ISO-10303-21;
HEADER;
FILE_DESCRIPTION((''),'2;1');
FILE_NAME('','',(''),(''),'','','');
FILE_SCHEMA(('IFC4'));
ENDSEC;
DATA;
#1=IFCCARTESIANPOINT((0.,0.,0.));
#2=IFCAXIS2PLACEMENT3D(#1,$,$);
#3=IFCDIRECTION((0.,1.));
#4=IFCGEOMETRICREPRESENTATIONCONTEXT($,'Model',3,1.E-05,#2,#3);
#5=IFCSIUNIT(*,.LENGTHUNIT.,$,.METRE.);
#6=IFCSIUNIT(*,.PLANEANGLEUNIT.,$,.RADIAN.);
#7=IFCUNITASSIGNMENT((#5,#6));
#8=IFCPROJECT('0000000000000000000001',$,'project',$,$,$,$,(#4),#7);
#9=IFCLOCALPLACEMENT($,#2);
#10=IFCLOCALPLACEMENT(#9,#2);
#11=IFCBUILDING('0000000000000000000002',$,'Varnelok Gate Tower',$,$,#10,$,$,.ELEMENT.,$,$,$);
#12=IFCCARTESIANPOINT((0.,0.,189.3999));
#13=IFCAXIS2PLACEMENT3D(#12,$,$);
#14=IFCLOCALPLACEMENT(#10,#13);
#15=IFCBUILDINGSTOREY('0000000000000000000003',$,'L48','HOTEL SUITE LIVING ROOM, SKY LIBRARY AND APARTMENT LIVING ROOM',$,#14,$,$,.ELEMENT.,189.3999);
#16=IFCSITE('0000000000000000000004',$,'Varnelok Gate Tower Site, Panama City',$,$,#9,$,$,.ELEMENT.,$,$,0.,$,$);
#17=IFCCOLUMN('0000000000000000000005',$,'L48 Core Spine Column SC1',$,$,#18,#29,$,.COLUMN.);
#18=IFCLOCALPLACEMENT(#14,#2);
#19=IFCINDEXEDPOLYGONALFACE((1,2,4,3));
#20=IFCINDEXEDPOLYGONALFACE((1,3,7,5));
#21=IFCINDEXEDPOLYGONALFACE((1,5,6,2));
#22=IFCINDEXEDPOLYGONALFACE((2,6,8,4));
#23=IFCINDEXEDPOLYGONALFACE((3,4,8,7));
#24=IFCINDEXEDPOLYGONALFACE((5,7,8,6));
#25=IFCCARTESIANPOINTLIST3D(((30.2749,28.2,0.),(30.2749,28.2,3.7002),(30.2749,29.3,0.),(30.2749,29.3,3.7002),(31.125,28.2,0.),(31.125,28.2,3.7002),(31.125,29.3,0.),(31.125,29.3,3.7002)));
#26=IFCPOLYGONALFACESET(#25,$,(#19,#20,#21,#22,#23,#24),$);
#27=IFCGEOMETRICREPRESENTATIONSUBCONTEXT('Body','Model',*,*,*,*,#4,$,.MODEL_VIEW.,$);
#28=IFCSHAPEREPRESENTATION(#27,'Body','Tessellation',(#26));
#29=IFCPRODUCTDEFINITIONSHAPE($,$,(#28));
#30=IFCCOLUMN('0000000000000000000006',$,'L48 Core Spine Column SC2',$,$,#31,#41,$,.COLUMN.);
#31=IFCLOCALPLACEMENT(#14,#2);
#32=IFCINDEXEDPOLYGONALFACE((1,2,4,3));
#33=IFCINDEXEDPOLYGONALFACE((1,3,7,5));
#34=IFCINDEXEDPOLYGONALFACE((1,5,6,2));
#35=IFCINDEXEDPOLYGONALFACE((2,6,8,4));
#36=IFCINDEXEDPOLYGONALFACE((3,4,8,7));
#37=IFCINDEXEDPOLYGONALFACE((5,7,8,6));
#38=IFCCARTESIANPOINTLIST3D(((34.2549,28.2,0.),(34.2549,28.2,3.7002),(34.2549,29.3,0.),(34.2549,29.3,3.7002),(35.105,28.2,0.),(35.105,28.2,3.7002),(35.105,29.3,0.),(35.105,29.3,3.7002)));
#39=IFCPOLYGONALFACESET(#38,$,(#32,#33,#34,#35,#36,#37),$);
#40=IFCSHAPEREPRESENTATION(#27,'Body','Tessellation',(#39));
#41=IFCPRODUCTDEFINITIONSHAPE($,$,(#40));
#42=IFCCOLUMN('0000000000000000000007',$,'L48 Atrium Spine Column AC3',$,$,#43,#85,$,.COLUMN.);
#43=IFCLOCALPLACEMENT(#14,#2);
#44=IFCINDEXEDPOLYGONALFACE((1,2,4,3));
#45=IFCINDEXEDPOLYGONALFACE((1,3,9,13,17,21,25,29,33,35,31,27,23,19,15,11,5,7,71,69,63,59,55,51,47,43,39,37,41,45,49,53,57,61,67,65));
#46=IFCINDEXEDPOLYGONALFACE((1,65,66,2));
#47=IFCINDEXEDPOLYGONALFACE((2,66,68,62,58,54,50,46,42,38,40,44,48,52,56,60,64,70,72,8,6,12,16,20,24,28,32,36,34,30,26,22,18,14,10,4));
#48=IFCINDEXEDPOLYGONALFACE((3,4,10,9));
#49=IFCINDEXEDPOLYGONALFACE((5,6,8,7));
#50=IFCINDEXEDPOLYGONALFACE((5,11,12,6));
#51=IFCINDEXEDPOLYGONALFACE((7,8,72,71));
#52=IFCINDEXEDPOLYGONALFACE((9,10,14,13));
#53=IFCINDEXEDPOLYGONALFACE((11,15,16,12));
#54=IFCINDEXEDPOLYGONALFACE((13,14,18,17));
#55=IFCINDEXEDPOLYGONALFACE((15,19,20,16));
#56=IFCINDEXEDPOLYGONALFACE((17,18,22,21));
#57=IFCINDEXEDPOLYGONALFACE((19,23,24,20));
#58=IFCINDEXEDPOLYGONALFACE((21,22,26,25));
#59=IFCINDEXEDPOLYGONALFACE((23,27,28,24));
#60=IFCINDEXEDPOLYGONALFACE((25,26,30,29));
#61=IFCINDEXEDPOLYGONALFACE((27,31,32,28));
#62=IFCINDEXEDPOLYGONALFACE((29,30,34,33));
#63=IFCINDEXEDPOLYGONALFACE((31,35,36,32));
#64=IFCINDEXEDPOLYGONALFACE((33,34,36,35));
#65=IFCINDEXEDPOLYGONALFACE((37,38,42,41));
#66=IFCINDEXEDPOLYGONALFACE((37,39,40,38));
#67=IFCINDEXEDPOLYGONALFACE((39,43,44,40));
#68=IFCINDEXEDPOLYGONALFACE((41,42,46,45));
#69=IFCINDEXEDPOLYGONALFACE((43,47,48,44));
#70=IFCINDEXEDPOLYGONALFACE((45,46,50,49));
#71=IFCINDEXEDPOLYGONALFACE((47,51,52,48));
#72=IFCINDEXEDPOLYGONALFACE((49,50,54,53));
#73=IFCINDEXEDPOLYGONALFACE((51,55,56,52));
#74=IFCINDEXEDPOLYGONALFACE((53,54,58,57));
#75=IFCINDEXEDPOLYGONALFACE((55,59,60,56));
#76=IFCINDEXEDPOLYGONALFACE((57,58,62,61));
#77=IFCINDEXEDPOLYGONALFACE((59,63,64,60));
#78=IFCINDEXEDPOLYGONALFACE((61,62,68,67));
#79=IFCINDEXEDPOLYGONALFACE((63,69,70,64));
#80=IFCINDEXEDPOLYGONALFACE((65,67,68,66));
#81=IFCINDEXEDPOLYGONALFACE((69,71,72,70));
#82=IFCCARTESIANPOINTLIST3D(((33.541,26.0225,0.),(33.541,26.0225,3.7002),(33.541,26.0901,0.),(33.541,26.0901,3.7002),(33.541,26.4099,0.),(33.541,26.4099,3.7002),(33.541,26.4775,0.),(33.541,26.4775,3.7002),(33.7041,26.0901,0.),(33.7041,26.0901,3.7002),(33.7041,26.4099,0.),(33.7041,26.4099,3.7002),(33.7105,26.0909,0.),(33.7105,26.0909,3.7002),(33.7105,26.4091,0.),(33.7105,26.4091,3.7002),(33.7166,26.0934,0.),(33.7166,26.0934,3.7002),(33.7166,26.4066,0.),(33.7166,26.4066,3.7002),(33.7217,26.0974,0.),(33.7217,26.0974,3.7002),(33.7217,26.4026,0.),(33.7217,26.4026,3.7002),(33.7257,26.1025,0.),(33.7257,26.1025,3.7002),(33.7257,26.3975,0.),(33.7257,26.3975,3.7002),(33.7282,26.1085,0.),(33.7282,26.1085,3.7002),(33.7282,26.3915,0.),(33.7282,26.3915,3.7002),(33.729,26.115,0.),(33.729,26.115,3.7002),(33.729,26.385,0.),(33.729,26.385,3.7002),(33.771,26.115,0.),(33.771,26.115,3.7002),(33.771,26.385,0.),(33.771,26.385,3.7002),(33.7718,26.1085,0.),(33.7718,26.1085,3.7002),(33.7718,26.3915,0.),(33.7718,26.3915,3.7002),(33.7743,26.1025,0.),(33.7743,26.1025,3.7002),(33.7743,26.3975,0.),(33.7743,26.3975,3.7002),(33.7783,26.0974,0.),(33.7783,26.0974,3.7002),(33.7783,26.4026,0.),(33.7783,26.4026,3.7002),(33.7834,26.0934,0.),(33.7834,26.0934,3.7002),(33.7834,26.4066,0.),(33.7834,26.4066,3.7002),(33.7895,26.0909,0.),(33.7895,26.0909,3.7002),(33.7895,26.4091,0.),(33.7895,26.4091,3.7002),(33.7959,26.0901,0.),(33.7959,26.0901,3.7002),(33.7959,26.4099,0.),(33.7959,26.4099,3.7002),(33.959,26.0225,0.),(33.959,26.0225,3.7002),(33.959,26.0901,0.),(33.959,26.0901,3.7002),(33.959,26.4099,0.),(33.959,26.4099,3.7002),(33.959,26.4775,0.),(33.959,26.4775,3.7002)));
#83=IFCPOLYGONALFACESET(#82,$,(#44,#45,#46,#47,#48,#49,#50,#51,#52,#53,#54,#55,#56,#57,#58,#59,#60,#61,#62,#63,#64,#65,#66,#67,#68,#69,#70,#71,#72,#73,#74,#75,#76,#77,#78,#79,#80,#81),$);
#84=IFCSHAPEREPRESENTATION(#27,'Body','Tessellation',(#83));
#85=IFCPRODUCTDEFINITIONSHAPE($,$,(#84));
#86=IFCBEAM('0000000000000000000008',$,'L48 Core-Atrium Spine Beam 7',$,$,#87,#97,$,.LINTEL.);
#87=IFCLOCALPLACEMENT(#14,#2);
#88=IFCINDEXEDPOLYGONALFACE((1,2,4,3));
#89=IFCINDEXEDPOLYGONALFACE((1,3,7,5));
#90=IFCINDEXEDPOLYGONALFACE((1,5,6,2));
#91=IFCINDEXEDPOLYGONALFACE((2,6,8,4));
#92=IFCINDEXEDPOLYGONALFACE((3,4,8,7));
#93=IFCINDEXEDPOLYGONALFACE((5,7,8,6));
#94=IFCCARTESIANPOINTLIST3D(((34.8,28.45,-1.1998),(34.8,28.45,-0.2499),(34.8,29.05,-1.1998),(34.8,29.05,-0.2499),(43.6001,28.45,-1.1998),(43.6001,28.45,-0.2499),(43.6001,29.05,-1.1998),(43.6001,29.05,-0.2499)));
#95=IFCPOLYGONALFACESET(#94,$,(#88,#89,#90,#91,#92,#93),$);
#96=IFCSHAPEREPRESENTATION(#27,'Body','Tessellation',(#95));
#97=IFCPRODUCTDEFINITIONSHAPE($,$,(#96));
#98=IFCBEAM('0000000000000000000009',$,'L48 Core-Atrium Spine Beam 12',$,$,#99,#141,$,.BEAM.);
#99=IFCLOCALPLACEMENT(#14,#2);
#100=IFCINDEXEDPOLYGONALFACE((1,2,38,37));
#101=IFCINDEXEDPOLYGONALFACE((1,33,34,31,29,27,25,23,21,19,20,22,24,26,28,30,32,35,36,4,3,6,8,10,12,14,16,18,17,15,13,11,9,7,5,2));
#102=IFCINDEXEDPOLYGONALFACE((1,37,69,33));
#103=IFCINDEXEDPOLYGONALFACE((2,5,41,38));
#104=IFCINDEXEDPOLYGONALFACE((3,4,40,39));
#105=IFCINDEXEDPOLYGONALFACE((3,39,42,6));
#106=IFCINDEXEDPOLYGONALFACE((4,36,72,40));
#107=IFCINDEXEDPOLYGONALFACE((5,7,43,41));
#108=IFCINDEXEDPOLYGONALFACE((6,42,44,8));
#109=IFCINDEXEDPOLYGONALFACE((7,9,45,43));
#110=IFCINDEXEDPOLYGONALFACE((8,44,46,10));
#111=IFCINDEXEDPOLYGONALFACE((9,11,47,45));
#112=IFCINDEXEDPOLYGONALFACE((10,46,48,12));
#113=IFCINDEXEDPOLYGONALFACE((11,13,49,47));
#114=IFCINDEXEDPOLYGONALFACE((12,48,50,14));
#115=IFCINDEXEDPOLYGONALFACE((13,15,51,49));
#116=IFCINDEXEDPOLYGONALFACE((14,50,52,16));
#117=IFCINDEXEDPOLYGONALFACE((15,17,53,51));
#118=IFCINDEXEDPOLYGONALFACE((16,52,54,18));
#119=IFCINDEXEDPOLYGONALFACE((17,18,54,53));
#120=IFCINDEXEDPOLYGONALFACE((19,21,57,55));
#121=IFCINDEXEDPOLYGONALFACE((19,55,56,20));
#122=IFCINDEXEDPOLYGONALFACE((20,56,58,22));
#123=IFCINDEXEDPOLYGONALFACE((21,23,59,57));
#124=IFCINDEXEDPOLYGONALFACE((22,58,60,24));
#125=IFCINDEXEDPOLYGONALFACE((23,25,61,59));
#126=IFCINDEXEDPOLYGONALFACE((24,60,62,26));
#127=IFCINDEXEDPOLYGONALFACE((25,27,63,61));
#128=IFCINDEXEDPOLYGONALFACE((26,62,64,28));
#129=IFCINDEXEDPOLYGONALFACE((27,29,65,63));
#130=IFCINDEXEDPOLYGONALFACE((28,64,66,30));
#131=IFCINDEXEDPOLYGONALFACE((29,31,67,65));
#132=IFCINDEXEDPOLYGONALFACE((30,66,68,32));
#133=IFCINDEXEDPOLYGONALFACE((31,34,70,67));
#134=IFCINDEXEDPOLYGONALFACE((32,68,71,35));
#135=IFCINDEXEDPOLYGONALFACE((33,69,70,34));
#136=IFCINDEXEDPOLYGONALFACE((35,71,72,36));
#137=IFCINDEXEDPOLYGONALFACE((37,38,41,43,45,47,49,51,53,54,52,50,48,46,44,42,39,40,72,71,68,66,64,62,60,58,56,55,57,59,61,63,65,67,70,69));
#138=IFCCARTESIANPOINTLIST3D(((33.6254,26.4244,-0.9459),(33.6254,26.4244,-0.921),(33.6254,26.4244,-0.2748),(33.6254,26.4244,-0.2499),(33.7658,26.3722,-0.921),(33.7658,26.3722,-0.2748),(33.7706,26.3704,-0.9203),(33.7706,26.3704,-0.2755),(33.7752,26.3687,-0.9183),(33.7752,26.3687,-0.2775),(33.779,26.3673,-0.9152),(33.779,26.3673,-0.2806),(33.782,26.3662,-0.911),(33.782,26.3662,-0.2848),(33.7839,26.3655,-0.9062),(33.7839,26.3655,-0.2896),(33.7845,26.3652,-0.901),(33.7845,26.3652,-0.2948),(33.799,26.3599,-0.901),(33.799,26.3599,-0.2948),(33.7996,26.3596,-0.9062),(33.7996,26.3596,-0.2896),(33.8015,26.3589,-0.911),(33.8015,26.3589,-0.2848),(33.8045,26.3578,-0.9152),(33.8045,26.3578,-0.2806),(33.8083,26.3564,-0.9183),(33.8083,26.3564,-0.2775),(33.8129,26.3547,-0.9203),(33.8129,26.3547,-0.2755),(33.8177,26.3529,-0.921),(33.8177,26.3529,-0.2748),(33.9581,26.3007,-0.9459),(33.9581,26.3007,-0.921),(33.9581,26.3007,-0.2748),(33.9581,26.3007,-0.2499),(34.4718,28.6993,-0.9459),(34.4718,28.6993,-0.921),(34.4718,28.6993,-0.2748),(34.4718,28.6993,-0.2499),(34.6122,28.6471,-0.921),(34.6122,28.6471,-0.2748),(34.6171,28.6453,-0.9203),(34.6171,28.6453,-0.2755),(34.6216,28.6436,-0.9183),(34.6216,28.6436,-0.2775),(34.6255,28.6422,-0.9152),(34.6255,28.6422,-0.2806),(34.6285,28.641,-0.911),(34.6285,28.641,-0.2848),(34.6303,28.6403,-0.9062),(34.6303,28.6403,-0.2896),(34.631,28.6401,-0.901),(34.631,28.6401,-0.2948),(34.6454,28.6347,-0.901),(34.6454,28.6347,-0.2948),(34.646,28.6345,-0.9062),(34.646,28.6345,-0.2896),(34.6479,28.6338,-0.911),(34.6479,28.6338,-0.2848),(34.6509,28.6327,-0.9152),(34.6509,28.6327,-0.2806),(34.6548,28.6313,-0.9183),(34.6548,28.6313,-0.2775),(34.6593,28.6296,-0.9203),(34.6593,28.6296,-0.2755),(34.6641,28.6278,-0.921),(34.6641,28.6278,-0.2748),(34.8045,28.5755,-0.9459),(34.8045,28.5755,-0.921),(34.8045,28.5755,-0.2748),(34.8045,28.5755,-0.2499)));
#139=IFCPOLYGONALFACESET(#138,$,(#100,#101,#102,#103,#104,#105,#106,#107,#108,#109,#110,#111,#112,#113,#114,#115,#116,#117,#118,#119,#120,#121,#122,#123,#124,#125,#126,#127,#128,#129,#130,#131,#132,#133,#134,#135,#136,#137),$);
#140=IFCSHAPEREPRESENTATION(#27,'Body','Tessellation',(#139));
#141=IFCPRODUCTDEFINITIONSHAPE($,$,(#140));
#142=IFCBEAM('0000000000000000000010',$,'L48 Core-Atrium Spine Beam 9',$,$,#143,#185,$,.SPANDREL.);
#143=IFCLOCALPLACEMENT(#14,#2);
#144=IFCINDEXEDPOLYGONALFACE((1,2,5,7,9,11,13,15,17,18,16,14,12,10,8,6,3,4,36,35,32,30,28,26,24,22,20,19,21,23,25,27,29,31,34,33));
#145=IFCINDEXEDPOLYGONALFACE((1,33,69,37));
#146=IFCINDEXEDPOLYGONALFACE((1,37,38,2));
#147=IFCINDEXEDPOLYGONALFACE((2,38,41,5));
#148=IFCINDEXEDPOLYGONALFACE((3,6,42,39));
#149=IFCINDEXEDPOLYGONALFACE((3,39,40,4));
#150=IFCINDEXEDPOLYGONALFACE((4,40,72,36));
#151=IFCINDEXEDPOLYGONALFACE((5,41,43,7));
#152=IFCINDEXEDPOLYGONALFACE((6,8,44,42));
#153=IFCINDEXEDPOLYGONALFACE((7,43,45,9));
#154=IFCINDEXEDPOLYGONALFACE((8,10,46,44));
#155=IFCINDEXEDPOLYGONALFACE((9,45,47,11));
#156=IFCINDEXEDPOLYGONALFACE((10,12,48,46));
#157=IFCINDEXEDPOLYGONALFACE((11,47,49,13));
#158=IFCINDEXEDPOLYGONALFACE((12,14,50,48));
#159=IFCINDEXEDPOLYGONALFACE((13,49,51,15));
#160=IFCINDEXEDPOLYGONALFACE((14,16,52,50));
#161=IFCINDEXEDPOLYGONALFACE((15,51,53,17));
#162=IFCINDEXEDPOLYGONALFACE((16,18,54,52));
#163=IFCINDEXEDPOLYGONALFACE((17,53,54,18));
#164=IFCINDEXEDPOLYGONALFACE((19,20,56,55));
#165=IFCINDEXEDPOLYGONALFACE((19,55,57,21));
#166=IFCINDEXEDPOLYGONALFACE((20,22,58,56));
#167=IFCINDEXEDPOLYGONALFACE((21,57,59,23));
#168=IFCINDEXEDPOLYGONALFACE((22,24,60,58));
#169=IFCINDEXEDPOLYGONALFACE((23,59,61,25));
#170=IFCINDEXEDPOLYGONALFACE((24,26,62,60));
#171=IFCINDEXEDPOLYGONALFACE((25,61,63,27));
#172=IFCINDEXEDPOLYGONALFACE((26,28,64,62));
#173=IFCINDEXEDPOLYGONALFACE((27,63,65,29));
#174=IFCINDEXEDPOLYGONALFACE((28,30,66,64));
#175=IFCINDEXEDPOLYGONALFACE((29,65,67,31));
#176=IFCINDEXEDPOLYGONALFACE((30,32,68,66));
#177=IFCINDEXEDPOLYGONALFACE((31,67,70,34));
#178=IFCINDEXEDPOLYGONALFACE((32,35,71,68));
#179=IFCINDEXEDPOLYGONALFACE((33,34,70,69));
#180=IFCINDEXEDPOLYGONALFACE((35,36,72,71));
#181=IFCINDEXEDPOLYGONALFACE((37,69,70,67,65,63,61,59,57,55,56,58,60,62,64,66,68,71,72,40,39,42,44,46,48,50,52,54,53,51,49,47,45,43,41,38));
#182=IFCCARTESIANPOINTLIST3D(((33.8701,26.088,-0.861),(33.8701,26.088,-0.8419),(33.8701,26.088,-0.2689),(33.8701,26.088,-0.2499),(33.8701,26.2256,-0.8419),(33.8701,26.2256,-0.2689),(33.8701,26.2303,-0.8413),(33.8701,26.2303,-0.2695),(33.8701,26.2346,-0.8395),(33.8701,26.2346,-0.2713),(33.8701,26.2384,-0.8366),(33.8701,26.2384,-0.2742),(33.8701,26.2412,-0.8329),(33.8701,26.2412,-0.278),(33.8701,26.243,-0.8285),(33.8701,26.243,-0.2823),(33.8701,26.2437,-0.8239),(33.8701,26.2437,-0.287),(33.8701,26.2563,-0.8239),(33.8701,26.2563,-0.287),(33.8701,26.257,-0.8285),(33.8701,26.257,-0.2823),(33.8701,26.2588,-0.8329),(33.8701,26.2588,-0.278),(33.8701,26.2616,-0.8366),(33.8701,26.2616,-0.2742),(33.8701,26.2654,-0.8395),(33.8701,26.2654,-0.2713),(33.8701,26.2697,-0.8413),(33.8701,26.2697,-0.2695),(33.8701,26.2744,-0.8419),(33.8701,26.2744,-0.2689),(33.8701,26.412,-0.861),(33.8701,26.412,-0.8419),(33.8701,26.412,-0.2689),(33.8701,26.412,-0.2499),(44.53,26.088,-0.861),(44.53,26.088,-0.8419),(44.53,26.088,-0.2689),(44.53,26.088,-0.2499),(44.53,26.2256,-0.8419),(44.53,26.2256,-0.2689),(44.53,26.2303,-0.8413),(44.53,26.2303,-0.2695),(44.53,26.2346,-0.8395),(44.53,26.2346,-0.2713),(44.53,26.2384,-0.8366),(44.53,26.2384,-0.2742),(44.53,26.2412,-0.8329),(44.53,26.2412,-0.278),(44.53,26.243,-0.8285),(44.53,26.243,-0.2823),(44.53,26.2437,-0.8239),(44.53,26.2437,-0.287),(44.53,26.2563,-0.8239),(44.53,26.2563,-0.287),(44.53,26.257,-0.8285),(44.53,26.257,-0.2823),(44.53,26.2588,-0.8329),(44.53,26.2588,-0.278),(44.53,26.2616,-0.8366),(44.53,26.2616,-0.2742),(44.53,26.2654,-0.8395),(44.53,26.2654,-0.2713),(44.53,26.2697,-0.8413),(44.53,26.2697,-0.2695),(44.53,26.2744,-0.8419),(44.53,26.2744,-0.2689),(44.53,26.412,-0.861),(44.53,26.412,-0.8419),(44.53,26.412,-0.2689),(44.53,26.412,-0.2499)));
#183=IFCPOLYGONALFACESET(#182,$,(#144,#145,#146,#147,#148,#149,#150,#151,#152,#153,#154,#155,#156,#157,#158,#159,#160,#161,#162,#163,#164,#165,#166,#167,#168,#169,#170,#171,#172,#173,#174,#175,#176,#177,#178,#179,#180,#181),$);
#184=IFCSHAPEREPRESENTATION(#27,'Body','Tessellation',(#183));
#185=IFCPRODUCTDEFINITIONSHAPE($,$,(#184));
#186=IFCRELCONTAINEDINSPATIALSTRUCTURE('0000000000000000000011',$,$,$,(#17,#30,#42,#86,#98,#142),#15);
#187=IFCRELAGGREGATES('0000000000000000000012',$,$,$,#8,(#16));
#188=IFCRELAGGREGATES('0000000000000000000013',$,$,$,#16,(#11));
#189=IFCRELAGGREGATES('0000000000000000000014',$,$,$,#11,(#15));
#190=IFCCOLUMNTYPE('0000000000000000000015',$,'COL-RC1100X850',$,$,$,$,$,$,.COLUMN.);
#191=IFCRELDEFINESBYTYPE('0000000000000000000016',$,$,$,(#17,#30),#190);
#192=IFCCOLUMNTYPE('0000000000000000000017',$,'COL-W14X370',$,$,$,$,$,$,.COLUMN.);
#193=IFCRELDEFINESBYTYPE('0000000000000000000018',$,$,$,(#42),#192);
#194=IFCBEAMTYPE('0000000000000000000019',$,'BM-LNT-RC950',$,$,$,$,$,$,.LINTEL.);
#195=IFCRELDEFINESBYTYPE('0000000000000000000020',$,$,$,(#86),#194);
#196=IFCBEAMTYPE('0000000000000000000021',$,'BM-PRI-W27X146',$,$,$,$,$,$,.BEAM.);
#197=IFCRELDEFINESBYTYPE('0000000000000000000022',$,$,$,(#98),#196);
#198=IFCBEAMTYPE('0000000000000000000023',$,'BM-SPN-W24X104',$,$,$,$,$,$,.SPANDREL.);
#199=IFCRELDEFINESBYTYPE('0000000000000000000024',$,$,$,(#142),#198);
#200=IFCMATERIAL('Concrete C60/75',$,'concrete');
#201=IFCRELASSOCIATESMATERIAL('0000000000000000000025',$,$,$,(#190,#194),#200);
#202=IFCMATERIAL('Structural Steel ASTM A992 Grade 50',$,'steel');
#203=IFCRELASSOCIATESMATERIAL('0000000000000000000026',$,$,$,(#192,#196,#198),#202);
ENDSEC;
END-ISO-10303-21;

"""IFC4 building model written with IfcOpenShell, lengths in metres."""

from ifc_helpers import new_model, si_unit, direction, frame, origin, origin_2d, place, context, subcontext, project, spatial, rectangle, i_section, extrude, material, material_profile, profile_set, type_object, element, save


model = new_model("IFC4")

# Units and contexts
model_context = context("Model", 3, precision=1e-05, world=origin(), true_north=direction((0.0, 1.0)))
body_context = subcontext(model_context, "Body", "Model", "MODEL_VIEW")
ifc_project = project(units=[si_unit("LENGTHUNIT", "METRE"), si_unit("PLANEANGLEUNIT", "RADIAN")], contexts=[model_context])

# Site, building, storey
site_placement = place(None, origin())
site = spatial("IfcSite", under=ifc_project, at=site_placement, Name="Varnelok Gate Tower Site, Panama City", CompositionType="ELEMENT", RefElevation=0.0)
building_placement = place(site_placement, origin())
building = spatial("IfcBuilding", under=site, at=building_placement, Name="Varnelok Gate Tower", CompositionType="ELEMENT")
storey_placement = place(building_placement, frame((0.0, 0.0, 189.3999)))
storey = spatial("IfcBuildingStorey", under=building, at=storey_placement, Name="L48", Description="HOTEL SUITE LIVING ROOM, SKY LIBRARY AND APARTMENT LIVING ROOM", CompositionType="ELEMENT", Elevation=189.3999)

# Columns
ifc_material_1 = material(Name="Concrete C60/75", Category="concrete")
ifc_material_profile_1 = material_profile(ifc_material_1, rectangle(XDim=0.8501, YDim=1.1001, at=origin_2d()), Name="RC1100X850")
ifc_profile_set_1 = profile_set([ifc_material_profile_1], Name="Concrete C60/75")
column_type_1 = type_object("IfcColumnType", Name="COL-RC1100X850", PredefinedType="COLUMN", material=ifc_profile_set_1)
for number, where, z_axis, x_axis, name in (
    (1, (30.7, 28.75, 0.0), (0.0, 0.0, 1.0), (1.0, 0.0, 0.0), "L48 Core Spine Column SC1"),
    (2, (34.6799, 28.75, 0.0), (0.0, 0.0, 1.0), (1.0, 0.0, 0.0), "L48 Core Spine Column SC2"),
):
    element("IfcColumn", number, at=place(storey_placement, frame(where, z_axis=z_axis, x_axis=x_axis)), inside=storey, type_object=column_type_1, Name=name, PredefinedType="COLUMN", context=body_context, shape_type="SweptSolid", body=[
        extrude(rectangle(XDim=0.8501, YDim=1.1001, at=origin_2d()), origin(), (0.0, 0.0, 1.0), 3.7002),
    ])
ifc_material_2 = material(Name="Structural Steel ASTM A992 Grade 50", Category="steel")
ifc_material_profile_2 = material_profile(ifc_material_2, i_section(OverallWidth=0.418, OverallDepth=0.4551, WebThickness=0.042, FlangeThickness=0.0676, FilletRadius=0.0249, at=origin_2d()), Name="W14X370")
ifc_profile_set_2 = profile_set([ifc_material_profile_2], Name="Structural Steel ASTM A992 Grade 50")
column_type_2 = type_object("IfcColumnType", Name="COL-W14X370", PredefinedType="COLUMN", material=ifc_profile_set_2)
column_placement = place(storey_placement, frame((33.75, 26.25, 0.0), z_axis=(0.0, 0.0, 1.0), x_axis=(1.0, 0.0, 0.0)))
element("IfcColumn", 3, at=column_placement, inside=storey, type_object=column_type_2, Name="L48 Atrium Spine Column AC3", PredefinedType="COLUMN", context=body_context, shape_type="SweptSolid", body=[
    extrude(i_section(OverallWidth=0.418, OverallDepth=0.4551, WebThickness=0.042, FlangeThickness=0.0676, FilletRadius=0.0249, at=origin_2d()), origin(), (0.0, 0.0, 1.0), 3.7002),
])

# Beams
ifc_material_profile_3 = material_profile(ifc_material_1, rectangle(XDim=0.6001, YDim=0.95, at=origin_2d()), Name="RC950X600")
ifc_profile_set_3 = profile_set([ifc_material_profile_3], Name="Concrete C60/75")
beam_type_1 = type_object("IfcBeamType", Name="BM-LNT-RC950", PredefinedType="LINTEL", material=ifc_profile_set_3)
beam_1_placement = place(storey_placement, frame((34.8, 28.75, -0.7249), z_axis=(1.0, 0.0, 0.0), x_axis=(0.0, 1.0, 0.0)))
element("IfcBeam", 4, at=beam_1_placement, inside=storey, type_object=beam_type_1, Name="L48 Core-Atrium Spine Beam 7", PredefinedType="LINTEL", context=body_context, shape_type="SweptSolid", body=[
    extrude(rectangle(XDim=0.6001, YDim=0.95, at=origin_2d()), origin(), (0.0, 0.0, 1.0), 8.8),
])
ifc_material_profile_4 = material_profile(ifc_material_2, i_section(OverallWidth=0.355, OverallDepth=0.696, WebThickness=0.0154, FlangeThickness=0.0249, FilletRadius=0.02, at=origin_2d()), Name="W27X146")
ifc_profile_set_4 = profile_set([ifc_material_profile_4], Name="Structural Steel ASTM A992 Grade 50")
beam_type_2 = type_object("IfcBeamType", Name="BM-PRI-W27X146", PredefinedType="BEAM", material=ifc_profile_set_4)
beam_2_placement = place(storey_placement, frame((33.7917, 26.3625, -0.5979), z_axis=(0.348719, 0.937227, 0.0), x_axis=(-0.937227, 0.348719, 0.0)))
element("IfcBeam", 5, at=beam_2_placement, inside=storey, type_object=beam_type_2, Name="L48 Core-Atrium Spine Beam 12", PredefinedType="BEAM", context=body_context, shape_type="SweptSolid", body=[
    extrude(i_section(OverallWidth=0.355, OverallDepth=0.696, WebThickness=0.0154, FlangeThickness=0.0249, FilletRadius=0.02, at=origin_2d()), origin(), (0.0, 0.0, 1.0), 2.4272),
])
ifc_material_profile_5 = material_profile(ifc_material_2, i_section(OverallWidth=0.324, OverallDepth=0.6111, WebThickness=0.0127, FlangeThickness=0.019, FilletRadius=0.0181, at=origin_2d()), Name="W24X104")
ifc_profile_set_5 = profile_set([ifc_material_profile_5], Name="Structural Steel ASTM A992 Grade 50")
beam_type_3 = type_object("IfcBeamType", Name="BM-SPN-W24X104", PredefinedType="SPANDREL", material=ifc_profile_set_5)
beam_3_placement = place(storey_placement, frame((33.8701, 26.25, -0.5554), z_axis=(1.0, 0.0, 0.0), x_axis=(0.0, 1.0, 0.0)))
element("IfcBeam", 6, at=beam_3_placement, inside=storey, type_object=beam_type_3, Name="L48 Core-Atrium Spine Beam 9", PredefinedType="SPANDREL", context=body_context, shape_type="SweptSolid", body=[
    extrude(i_section(OverallWidth=0.324, OverallDepth=0.6111, WebThickness=0.0127, FlangeThickness=0.019, FilletRadius=0.0181, at=origin_2d()), origin(), (0.0, 0.0, 1.0), 10.6599),
])

save(model, "model.ifc")
